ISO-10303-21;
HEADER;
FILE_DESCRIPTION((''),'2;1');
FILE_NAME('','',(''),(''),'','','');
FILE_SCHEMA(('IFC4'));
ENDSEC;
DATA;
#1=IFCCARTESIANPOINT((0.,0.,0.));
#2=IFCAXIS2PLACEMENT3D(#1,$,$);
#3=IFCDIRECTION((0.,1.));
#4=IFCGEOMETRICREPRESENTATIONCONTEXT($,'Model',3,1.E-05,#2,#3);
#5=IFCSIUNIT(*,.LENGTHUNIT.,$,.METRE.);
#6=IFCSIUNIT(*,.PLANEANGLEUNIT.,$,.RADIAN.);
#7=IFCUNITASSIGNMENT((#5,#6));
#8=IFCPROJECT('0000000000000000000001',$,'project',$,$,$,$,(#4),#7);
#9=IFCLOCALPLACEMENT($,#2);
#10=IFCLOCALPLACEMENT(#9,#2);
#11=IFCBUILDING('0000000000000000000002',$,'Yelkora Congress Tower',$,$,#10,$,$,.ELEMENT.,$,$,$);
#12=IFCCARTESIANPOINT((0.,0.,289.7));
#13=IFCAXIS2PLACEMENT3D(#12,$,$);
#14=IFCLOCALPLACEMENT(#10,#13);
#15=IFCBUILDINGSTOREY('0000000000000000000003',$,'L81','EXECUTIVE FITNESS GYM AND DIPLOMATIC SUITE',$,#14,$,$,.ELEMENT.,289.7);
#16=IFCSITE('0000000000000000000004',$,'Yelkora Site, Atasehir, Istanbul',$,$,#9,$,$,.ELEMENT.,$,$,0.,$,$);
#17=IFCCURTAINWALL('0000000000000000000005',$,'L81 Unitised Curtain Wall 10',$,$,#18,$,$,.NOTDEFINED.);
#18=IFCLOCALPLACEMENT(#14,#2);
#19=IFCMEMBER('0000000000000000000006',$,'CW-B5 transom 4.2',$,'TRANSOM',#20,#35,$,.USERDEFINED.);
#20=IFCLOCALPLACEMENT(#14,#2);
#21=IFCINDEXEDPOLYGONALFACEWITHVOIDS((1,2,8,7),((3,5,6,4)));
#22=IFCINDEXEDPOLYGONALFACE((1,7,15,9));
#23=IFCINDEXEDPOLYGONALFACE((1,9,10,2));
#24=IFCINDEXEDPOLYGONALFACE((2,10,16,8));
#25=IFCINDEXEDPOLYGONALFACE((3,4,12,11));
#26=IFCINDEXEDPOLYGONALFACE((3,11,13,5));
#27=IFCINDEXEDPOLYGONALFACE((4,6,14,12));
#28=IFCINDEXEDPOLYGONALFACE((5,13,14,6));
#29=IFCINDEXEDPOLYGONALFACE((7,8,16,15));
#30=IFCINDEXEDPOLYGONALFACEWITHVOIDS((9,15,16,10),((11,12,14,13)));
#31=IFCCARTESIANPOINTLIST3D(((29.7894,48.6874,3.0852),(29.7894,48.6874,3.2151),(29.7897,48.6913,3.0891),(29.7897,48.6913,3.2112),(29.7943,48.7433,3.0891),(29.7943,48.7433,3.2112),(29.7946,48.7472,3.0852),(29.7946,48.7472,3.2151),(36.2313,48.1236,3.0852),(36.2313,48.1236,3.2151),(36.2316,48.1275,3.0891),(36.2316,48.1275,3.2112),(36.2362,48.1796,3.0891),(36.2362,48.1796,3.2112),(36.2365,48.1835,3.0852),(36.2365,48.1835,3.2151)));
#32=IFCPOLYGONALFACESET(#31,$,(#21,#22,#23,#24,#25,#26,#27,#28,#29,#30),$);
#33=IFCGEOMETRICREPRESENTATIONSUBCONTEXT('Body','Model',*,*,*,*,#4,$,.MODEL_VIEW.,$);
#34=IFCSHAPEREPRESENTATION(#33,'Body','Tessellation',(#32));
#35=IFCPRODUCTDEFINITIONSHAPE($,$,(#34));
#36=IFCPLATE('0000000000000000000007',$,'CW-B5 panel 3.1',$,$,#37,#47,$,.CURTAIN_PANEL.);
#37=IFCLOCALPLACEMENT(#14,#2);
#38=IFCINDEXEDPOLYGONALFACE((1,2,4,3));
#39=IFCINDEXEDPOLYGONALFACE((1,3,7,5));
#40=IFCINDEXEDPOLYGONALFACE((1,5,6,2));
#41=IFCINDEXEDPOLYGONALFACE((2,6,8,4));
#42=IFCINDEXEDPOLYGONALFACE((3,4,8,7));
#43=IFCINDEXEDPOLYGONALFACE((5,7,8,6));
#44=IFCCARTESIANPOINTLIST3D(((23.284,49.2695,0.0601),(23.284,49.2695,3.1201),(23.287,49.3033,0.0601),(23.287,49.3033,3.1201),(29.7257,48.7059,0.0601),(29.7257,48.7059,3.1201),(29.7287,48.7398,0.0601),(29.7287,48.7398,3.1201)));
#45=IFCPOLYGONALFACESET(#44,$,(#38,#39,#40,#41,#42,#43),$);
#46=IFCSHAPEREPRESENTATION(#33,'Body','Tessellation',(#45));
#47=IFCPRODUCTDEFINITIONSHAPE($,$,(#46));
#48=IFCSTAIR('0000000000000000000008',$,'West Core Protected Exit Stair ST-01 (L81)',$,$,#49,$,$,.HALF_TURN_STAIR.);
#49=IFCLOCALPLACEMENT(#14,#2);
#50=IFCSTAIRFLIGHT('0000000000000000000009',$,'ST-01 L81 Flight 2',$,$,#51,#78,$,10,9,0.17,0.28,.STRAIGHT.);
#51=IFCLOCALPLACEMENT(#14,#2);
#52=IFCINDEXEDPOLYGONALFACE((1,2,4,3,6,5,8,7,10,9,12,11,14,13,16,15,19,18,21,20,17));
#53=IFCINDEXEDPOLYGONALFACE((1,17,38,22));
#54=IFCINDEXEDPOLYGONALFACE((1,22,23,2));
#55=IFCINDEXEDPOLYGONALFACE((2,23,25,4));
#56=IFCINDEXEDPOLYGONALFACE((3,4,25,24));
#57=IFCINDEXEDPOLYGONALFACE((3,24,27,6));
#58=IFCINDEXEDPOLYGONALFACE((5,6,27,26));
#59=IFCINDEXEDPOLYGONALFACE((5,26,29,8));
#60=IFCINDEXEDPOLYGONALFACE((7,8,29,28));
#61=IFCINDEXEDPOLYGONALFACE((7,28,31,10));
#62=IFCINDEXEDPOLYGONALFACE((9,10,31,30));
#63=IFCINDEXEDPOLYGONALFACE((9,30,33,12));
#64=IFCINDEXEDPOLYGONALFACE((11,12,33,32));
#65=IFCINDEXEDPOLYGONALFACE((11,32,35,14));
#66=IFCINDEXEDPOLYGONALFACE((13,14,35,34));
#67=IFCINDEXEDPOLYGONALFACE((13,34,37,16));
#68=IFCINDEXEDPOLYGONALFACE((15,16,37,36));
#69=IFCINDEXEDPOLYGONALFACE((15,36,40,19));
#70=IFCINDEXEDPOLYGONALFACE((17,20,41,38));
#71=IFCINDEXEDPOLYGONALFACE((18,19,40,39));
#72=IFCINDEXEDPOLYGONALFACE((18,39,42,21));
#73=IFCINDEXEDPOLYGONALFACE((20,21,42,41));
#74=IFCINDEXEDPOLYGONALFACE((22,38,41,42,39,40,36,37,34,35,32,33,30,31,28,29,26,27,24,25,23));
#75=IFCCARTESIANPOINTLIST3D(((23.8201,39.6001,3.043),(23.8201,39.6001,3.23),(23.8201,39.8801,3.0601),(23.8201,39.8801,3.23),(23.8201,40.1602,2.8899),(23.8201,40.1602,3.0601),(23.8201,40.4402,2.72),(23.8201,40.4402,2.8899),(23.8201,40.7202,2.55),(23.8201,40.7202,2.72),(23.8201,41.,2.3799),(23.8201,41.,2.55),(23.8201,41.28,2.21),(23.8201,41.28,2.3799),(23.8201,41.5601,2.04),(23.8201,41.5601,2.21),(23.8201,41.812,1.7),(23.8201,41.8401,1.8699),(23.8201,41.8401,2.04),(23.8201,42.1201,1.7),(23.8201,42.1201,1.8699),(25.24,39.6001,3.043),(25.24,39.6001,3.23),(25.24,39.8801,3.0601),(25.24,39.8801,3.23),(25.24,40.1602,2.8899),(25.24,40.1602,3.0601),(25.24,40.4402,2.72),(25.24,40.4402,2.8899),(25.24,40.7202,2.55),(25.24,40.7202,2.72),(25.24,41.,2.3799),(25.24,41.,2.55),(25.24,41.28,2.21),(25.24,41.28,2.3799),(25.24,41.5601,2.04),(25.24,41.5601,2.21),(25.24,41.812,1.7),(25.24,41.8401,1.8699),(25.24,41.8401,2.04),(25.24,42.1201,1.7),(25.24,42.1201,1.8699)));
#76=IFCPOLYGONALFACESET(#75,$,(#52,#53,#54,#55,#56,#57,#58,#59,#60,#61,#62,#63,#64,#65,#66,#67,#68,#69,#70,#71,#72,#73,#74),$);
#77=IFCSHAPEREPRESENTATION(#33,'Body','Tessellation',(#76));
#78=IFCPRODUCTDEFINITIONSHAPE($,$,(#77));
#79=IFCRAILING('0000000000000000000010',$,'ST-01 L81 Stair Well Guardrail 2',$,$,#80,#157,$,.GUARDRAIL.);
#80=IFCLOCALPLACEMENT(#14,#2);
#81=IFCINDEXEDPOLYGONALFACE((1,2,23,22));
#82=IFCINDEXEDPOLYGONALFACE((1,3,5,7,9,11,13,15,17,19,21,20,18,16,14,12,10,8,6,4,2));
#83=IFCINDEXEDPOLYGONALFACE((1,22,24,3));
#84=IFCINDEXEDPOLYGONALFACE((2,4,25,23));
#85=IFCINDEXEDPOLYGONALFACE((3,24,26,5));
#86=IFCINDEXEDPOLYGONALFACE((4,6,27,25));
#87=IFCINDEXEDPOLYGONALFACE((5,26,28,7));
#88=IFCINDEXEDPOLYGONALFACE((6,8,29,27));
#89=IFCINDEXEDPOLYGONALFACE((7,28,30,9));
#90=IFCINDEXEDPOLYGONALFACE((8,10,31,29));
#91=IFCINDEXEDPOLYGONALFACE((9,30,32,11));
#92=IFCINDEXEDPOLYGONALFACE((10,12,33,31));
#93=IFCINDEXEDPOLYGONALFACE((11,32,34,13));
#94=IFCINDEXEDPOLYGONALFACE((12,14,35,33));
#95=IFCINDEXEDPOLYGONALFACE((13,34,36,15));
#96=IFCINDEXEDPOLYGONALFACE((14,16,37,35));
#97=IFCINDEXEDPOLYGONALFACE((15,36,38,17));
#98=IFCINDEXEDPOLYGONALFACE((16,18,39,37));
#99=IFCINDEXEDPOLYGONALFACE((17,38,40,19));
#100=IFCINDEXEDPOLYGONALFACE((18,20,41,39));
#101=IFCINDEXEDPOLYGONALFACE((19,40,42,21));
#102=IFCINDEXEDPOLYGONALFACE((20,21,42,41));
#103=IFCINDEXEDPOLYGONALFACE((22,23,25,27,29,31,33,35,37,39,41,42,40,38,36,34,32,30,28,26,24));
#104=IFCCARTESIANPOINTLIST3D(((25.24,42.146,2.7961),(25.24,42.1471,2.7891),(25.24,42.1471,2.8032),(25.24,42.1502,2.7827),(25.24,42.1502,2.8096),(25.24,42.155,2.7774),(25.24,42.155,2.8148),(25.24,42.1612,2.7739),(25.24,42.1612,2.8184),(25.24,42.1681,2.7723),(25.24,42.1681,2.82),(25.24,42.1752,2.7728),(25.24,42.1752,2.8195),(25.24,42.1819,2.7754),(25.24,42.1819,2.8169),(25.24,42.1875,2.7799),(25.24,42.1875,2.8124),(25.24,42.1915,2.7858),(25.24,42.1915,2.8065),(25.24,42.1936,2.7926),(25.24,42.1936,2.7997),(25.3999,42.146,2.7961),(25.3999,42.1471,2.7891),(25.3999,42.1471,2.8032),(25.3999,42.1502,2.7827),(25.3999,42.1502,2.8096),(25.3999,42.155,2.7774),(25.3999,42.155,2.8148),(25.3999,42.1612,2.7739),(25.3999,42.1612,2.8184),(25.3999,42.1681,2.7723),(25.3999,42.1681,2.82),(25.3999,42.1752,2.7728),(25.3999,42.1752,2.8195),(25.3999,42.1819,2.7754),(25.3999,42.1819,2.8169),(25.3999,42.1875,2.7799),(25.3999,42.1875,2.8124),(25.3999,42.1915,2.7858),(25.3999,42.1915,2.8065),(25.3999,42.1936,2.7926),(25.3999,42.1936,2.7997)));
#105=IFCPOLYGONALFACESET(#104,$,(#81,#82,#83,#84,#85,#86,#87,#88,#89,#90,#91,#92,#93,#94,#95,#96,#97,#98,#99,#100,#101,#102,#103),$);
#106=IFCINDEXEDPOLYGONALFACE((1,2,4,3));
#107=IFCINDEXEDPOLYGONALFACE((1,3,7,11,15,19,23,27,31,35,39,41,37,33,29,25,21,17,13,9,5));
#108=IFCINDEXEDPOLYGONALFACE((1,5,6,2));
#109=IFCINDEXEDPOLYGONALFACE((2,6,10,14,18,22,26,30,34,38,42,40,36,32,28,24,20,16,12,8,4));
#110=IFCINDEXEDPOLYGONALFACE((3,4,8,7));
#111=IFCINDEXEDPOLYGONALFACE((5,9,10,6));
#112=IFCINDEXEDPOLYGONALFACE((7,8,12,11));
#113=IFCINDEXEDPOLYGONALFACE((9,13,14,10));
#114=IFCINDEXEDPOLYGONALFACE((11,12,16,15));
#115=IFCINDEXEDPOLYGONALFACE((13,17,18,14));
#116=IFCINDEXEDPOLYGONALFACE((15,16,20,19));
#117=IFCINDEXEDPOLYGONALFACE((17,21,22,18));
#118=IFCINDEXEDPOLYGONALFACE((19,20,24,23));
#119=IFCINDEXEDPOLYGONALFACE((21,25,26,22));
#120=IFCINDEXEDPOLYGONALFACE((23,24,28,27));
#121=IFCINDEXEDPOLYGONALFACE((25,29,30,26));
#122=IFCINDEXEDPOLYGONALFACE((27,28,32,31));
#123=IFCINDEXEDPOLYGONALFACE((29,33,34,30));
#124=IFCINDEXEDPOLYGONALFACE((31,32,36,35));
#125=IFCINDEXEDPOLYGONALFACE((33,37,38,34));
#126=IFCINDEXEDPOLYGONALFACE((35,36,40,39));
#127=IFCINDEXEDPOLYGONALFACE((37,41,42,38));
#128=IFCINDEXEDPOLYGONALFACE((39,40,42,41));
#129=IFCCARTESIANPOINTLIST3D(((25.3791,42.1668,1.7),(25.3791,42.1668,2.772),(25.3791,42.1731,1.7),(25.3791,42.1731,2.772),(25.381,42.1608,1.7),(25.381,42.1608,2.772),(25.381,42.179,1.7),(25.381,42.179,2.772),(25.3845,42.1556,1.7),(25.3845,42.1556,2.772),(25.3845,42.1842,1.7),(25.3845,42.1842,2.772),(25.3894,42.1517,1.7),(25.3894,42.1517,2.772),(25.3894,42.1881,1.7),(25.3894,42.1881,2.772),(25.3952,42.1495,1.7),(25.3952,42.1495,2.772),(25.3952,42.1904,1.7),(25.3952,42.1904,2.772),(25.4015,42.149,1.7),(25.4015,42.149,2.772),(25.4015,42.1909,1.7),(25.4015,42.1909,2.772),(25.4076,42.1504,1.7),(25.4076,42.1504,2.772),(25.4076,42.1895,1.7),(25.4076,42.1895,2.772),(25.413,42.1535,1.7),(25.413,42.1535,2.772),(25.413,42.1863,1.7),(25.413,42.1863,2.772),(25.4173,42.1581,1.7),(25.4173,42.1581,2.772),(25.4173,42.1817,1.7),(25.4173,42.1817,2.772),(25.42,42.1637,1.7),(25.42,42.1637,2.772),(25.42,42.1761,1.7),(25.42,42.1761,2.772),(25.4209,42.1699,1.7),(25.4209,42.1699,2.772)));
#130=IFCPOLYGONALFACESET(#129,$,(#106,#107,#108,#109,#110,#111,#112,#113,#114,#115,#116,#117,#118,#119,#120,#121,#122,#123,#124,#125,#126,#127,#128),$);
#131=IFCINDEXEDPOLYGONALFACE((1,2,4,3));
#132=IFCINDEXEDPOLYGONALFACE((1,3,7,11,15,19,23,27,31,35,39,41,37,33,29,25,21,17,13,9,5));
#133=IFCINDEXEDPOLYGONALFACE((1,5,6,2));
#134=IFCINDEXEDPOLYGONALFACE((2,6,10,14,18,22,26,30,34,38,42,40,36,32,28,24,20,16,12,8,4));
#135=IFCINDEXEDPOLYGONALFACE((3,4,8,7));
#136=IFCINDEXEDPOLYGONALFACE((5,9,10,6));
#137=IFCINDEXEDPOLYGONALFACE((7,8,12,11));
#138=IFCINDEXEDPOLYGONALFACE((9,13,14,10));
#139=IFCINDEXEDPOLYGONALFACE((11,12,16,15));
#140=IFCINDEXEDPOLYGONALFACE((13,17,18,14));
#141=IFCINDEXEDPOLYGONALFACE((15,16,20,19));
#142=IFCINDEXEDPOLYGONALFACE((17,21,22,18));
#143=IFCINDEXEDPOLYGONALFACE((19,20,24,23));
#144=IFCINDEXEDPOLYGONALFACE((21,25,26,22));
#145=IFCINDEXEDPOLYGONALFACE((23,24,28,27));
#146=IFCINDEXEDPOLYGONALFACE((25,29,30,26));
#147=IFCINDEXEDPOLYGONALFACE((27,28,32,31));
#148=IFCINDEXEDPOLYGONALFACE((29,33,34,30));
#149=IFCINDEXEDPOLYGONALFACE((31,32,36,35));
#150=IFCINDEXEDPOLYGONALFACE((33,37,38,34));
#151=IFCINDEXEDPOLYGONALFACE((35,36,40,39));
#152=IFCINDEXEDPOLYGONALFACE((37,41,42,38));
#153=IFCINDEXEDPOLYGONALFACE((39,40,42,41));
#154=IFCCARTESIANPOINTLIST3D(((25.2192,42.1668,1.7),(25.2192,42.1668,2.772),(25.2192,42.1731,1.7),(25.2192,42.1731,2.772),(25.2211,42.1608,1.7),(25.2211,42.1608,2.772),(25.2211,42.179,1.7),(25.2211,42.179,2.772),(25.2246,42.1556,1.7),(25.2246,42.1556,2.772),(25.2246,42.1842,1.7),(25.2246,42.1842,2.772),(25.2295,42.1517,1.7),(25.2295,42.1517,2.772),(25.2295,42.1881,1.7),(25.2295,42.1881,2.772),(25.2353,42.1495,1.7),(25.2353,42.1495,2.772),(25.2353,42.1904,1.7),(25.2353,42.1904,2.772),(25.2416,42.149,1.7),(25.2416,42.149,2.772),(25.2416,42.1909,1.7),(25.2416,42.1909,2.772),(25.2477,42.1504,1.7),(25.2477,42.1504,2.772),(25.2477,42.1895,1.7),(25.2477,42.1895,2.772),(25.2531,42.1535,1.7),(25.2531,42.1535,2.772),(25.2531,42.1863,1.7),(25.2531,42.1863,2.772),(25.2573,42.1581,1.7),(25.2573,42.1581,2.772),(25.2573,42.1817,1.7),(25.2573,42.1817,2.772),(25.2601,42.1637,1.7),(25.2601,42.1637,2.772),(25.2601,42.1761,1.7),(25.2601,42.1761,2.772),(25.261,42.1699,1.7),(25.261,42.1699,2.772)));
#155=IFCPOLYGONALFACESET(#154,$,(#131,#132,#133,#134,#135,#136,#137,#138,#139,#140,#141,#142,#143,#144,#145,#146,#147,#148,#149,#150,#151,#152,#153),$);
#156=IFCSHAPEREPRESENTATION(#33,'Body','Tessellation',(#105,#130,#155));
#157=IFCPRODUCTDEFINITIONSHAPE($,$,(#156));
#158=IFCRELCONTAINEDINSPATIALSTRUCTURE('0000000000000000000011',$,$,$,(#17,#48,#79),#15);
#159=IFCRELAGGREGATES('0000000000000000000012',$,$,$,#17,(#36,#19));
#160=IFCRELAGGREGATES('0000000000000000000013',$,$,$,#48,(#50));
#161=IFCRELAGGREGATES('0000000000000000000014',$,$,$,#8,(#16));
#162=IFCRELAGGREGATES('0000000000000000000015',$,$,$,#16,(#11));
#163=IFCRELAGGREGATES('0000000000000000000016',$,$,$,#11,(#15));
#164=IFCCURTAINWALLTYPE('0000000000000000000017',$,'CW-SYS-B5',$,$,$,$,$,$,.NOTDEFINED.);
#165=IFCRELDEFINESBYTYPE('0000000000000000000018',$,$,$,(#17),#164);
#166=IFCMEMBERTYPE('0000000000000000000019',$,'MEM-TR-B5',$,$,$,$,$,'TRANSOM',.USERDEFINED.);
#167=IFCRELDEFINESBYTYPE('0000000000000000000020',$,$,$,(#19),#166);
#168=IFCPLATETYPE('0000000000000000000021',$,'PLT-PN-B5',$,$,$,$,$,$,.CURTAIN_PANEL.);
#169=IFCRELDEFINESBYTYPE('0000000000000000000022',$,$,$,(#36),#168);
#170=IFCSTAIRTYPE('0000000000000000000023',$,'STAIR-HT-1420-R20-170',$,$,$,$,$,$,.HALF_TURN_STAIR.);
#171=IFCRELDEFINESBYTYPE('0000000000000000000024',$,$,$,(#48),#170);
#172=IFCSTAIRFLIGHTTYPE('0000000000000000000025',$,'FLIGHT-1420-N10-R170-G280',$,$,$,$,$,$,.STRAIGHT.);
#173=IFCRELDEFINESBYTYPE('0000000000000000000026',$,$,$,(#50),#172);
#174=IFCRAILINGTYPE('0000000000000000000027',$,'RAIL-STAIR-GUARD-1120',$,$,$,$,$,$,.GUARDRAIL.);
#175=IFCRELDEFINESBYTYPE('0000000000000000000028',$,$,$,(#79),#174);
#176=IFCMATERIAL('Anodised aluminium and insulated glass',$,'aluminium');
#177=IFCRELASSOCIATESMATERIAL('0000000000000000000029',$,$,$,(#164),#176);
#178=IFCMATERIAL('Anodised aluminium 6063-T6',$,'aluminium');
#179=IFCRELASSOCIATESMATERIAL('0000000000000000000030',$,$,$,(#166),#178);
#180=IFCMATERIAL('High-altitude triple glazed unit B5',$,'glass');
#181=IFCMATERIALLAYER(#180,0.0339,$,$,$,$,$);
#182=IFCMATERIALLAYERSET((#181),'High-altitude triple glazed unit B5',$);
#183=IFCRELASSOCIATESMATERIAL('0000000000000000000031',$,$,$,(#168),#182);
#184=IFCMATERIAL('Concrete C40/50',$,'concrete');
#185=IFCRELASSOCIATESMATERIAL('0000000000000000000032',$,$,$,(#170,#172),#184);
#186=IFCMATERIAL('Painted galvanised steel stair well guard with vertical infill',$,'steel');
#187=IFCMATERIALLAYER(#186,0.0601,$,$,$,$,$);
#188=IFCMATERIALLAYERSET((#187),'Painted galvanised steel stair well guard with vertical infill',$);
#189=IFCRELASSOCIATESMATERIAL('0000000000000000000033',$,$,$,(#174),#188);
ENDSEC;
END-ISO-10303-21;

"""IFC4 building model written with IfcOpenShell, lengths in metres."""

from ifc_helpers import new_model, si_unit, direction, frame, origin, origin_2d, place, context, subcontext, project, spatial, polyline, rectangle, hollow_rectangle, circle, outline, extrude, material, layer, layer_set, material_profile, profile_set, type_object, element, aggregate, save


model = new_model("IFC4")

# Units and contexts
model_context = context("Model", 3, precision=1e-05, world=origin(), true_north=direction((0.0, 1.0)))
body_context = subcontext(model_context, "Body", "Model", "MODEL_VIEW")
ifc_project = project(units=[si_unit("LENGTHUNIT", "METRE"), si_unit("PLANEANGLEUNIT", "RADIAN")], contexts=[model_context])

# Site, building, storey
site_placement = place(None, origin())
site = spatial("IfcSite", under=ifc_project, at=site_placement, Name="Yelkora Site, Atasehir, Istanbul", CompositionType="ELEMENT", RefElevation=0.0)
building_placement = place(site_placement, origin())
building = spatial("IfcBuilding", under=site, at=building_placement, Name="Yelkora Congress Tower", CompositionType="ELEMENT")
storey_placement = place(building_placement, frame((0.0, 0.0, 289.7)))
storey = spatial("IfcBuildingStorey", under=building, at=storey_placement, Name="L81", Description="EXECUTIVE FITNESS GYM AND DIPLOMATIC SUITE", CompositionType="ELEMENT", Elevation=289.7)

# Curtain wall, member, plate
ifc_material_1 = material(Name="Anodised aluminium and insulated glass", Category="aluminium")
curtain_wall_type = type_object("IfcCurtainWallType", Name="CW-SYS-B5", PredefinedType="NOTDEFINED", material=ifc_material_1)
curtain_wall_placement = place(storey_placement, origin())
curtain_wall = element("IfcCurtainWall", 1, at=curtain_wall_placement, inside=storey, type_object=curtain_wall_type, Name="L81 Unitised Curtain Wall 10", PredefinedType="NOTDEFINED")
ifc_material_2 = material(Name="Anodised aluminium 6063-T6", Category="aluminium")
ifc_material_profile_1 = material_profile(ifc_material_2, hollow_rectangle(XDim=0.0601, YDim=0.1299, WallThickness=0.0039, at=origin_2d()), Name="ALU 60x130x4")
ifc_profile_set_1 = profile_set([ifc_material_profile_1], Name="Anodised aluminium 6063-T6")
member_type_1 = type_object("IfcMemberType", Name="MEM-TR-B5", ElementType="TRANSOM", PredefinedType="USERDEFINED", material=ifc_profile_set_1)
member_1_placement = place(storey_placement, frame((29.792, 48.7173, 3.1501), z_axis=(0.996193, -0.087175, 0.0), x_axis=(0.087175, 0.996193, 0.0)))
member_1 = element("IfcMember", 2, at=member_1_placement, type_object=member_type_1, Name="CW-B5 transom 4.2", ObjectType="TRANSOM", PredefinedType="USERDEFINED", context=body_context, shape_type="SweptSolid", body=[
    extrude(hollow_rectangle(XDim=0.0601, YDim=0.1299, WallThickness=0.0039, at=origin_2d()), origin(), (0.0, 0.0, 1.0), 6.4666),
])
ifc_material_3 = material(Name="High-altitude triple glazed unit B5", Category="glass")
ifc_layer_1 = layer(ifc_material_3, 0.0339)
ifc_layer_set_1 = layer_set([ifc_layer_1], Name="High-altitude triple glazed unit B5")
plate_type = type_object("IfcPlateType", Name="PLT-PN-B5", PredefinedType="CURTAIN_PANEL", material=ifc_layer_set_1)
plate_placement = place(storey_placement, frame((26.5063, 49.0046, 0.0601), z_axis=(0.0, 0.0, 1.0), x_axis=(0.996195, -0.087157, 0.0)))
plate = element("IfcPlate", 3, at=plate_placement, type_object=plate_type, Name="CW-B5 panel 3.1", PredefinedType="CURTAIN_PANEL", context=body_context, shape_type="SweptSolid", body=[
    extrude(rectangle(XDim=6.4663, YDim=0.0339, at=origin_2d()), origin(), (0.0, 0.0, 1.0), 3.0601),
])
aggregate(curtain_wall, [plate, member_1])

# Stair, stair flight
ifc_material_4 = material(Name="Concrete C40/50", Category="concrete")
stair_type = type_object("IfcStairType", Name="STAIR-HT-1420-R20-170", PredefinedType="HALF_TURN_STAIR", material=ifc_material_4)
stair_placement = place(storey_placement, origin())
stair = element("IfcStair", 4, at=stair_placement, inside=storey, type_object=stair_type, Name="West Core Protected Exit Stair ST-01 (L81)", PredefinedType="HALF_TURN_STAIR")
stair_flight_type = type_object("IfcStairFlightType", Name="FLIGHT-1420-N10-R170-G280", PredefinedType="STRAIGHT", material=ifc_material_4)
stair_flight_placement = place(storey_placement, frame((24.53, 42.1201, 1.7), z_axis=(0.0, 0.0, 1.0), x_axis=(0.0, -1.0, 0.0)))
stair_flight = element("IfcStairFlight", 5, at=stair_flight_placement, type_object=stair_flight_type, Name="ST-01 L81 Flight 2", NumberOfRisers=10, NumberOfTreads=9, PredefinedType="STRAIGHT", RiserHeight=0.17, TreadLength=0.28, context=body_context, shape_type="SweptSolid", body=[
    extrude(outline(polyline([(0.0, 0.0), (0.0, 0.1699), (0.28, 0.1699), (0.28, 0.3401), (0.5601, 0.3401), (0.5601, 0.51), (0.8401, 0.51), (0.8401, 0.6799), (1.1201, 0.6799), (1.1201, 0.8501), (1.3999, 0.8501), (1.3999, 1.02), (1.6799, 1.02), (1.6799, 1.1899), (1.96, 1.1899), (1.96, 1.3601), (2.24, 1.3601), (2.24, 1.53), (2.52, 1.53), (2.52, 1.7), (2.52, 1.343), (0.3081, 0.0), (0.0, 0.0)])), frame((0.0, 0.71, 0.0), z_axis=(0.0, -1.0, 0.0), x_axis=(1.0, 0.0, 0.0)), (0.0, 0.0, 1.0), 1.4199),
])
aggregate(stair, [stair_flight])

# Railing
ifc_material_5 = material(Name="Painted galvanised steel stair well guard with vertical infill", Category="steel")
ifc_layer_2 = layer(ifc_material_5, 0.0601)
ifc_layer_set_2 = layer_set([ifc_layer_2], Name="Painted galvanised steel stair well guard with vertical infill")
railing_type = type_object("IfcRailingType", Name="RAIL-STAIR-GUARD-1120", PredefinedType="GUARDRAIL", material=ifc_layer_set_2)
railing_1_placement = place(storey_placement, frame((25.3999, 42.1699, 1.7)))
element("IfcRailing", 6, at=railing_1_placement, inside=storey, type_object=railing_type, Name="ST-01 L81 Stair Well Guardrail 2", PredefinedType="GUARDRAIL", context=body_context, shape_type="SweptSolid", body=[
    extrude(circle(Radius=0.0239, at=origin_2d()), frame((0.0, 0.0, 1.0962), z_axis=(-1.0, 0.0, 0.0), x_axis=(0.0, -1.0, 0.0)), (0.0, 0.0, 1.0), 0.1599),
    extrude(circle(Radius=0.021, at=origin_2d()), origin(), (0.0, 0.0, 1.0), 1.072),
    extrude(circle(Radius=0.021, at=origin_2d()), frame((-0.1599, 0.0, 0.0)), (0.0, 0.0, 1.0), 1.072),
])

save(model, "model.ifc")
